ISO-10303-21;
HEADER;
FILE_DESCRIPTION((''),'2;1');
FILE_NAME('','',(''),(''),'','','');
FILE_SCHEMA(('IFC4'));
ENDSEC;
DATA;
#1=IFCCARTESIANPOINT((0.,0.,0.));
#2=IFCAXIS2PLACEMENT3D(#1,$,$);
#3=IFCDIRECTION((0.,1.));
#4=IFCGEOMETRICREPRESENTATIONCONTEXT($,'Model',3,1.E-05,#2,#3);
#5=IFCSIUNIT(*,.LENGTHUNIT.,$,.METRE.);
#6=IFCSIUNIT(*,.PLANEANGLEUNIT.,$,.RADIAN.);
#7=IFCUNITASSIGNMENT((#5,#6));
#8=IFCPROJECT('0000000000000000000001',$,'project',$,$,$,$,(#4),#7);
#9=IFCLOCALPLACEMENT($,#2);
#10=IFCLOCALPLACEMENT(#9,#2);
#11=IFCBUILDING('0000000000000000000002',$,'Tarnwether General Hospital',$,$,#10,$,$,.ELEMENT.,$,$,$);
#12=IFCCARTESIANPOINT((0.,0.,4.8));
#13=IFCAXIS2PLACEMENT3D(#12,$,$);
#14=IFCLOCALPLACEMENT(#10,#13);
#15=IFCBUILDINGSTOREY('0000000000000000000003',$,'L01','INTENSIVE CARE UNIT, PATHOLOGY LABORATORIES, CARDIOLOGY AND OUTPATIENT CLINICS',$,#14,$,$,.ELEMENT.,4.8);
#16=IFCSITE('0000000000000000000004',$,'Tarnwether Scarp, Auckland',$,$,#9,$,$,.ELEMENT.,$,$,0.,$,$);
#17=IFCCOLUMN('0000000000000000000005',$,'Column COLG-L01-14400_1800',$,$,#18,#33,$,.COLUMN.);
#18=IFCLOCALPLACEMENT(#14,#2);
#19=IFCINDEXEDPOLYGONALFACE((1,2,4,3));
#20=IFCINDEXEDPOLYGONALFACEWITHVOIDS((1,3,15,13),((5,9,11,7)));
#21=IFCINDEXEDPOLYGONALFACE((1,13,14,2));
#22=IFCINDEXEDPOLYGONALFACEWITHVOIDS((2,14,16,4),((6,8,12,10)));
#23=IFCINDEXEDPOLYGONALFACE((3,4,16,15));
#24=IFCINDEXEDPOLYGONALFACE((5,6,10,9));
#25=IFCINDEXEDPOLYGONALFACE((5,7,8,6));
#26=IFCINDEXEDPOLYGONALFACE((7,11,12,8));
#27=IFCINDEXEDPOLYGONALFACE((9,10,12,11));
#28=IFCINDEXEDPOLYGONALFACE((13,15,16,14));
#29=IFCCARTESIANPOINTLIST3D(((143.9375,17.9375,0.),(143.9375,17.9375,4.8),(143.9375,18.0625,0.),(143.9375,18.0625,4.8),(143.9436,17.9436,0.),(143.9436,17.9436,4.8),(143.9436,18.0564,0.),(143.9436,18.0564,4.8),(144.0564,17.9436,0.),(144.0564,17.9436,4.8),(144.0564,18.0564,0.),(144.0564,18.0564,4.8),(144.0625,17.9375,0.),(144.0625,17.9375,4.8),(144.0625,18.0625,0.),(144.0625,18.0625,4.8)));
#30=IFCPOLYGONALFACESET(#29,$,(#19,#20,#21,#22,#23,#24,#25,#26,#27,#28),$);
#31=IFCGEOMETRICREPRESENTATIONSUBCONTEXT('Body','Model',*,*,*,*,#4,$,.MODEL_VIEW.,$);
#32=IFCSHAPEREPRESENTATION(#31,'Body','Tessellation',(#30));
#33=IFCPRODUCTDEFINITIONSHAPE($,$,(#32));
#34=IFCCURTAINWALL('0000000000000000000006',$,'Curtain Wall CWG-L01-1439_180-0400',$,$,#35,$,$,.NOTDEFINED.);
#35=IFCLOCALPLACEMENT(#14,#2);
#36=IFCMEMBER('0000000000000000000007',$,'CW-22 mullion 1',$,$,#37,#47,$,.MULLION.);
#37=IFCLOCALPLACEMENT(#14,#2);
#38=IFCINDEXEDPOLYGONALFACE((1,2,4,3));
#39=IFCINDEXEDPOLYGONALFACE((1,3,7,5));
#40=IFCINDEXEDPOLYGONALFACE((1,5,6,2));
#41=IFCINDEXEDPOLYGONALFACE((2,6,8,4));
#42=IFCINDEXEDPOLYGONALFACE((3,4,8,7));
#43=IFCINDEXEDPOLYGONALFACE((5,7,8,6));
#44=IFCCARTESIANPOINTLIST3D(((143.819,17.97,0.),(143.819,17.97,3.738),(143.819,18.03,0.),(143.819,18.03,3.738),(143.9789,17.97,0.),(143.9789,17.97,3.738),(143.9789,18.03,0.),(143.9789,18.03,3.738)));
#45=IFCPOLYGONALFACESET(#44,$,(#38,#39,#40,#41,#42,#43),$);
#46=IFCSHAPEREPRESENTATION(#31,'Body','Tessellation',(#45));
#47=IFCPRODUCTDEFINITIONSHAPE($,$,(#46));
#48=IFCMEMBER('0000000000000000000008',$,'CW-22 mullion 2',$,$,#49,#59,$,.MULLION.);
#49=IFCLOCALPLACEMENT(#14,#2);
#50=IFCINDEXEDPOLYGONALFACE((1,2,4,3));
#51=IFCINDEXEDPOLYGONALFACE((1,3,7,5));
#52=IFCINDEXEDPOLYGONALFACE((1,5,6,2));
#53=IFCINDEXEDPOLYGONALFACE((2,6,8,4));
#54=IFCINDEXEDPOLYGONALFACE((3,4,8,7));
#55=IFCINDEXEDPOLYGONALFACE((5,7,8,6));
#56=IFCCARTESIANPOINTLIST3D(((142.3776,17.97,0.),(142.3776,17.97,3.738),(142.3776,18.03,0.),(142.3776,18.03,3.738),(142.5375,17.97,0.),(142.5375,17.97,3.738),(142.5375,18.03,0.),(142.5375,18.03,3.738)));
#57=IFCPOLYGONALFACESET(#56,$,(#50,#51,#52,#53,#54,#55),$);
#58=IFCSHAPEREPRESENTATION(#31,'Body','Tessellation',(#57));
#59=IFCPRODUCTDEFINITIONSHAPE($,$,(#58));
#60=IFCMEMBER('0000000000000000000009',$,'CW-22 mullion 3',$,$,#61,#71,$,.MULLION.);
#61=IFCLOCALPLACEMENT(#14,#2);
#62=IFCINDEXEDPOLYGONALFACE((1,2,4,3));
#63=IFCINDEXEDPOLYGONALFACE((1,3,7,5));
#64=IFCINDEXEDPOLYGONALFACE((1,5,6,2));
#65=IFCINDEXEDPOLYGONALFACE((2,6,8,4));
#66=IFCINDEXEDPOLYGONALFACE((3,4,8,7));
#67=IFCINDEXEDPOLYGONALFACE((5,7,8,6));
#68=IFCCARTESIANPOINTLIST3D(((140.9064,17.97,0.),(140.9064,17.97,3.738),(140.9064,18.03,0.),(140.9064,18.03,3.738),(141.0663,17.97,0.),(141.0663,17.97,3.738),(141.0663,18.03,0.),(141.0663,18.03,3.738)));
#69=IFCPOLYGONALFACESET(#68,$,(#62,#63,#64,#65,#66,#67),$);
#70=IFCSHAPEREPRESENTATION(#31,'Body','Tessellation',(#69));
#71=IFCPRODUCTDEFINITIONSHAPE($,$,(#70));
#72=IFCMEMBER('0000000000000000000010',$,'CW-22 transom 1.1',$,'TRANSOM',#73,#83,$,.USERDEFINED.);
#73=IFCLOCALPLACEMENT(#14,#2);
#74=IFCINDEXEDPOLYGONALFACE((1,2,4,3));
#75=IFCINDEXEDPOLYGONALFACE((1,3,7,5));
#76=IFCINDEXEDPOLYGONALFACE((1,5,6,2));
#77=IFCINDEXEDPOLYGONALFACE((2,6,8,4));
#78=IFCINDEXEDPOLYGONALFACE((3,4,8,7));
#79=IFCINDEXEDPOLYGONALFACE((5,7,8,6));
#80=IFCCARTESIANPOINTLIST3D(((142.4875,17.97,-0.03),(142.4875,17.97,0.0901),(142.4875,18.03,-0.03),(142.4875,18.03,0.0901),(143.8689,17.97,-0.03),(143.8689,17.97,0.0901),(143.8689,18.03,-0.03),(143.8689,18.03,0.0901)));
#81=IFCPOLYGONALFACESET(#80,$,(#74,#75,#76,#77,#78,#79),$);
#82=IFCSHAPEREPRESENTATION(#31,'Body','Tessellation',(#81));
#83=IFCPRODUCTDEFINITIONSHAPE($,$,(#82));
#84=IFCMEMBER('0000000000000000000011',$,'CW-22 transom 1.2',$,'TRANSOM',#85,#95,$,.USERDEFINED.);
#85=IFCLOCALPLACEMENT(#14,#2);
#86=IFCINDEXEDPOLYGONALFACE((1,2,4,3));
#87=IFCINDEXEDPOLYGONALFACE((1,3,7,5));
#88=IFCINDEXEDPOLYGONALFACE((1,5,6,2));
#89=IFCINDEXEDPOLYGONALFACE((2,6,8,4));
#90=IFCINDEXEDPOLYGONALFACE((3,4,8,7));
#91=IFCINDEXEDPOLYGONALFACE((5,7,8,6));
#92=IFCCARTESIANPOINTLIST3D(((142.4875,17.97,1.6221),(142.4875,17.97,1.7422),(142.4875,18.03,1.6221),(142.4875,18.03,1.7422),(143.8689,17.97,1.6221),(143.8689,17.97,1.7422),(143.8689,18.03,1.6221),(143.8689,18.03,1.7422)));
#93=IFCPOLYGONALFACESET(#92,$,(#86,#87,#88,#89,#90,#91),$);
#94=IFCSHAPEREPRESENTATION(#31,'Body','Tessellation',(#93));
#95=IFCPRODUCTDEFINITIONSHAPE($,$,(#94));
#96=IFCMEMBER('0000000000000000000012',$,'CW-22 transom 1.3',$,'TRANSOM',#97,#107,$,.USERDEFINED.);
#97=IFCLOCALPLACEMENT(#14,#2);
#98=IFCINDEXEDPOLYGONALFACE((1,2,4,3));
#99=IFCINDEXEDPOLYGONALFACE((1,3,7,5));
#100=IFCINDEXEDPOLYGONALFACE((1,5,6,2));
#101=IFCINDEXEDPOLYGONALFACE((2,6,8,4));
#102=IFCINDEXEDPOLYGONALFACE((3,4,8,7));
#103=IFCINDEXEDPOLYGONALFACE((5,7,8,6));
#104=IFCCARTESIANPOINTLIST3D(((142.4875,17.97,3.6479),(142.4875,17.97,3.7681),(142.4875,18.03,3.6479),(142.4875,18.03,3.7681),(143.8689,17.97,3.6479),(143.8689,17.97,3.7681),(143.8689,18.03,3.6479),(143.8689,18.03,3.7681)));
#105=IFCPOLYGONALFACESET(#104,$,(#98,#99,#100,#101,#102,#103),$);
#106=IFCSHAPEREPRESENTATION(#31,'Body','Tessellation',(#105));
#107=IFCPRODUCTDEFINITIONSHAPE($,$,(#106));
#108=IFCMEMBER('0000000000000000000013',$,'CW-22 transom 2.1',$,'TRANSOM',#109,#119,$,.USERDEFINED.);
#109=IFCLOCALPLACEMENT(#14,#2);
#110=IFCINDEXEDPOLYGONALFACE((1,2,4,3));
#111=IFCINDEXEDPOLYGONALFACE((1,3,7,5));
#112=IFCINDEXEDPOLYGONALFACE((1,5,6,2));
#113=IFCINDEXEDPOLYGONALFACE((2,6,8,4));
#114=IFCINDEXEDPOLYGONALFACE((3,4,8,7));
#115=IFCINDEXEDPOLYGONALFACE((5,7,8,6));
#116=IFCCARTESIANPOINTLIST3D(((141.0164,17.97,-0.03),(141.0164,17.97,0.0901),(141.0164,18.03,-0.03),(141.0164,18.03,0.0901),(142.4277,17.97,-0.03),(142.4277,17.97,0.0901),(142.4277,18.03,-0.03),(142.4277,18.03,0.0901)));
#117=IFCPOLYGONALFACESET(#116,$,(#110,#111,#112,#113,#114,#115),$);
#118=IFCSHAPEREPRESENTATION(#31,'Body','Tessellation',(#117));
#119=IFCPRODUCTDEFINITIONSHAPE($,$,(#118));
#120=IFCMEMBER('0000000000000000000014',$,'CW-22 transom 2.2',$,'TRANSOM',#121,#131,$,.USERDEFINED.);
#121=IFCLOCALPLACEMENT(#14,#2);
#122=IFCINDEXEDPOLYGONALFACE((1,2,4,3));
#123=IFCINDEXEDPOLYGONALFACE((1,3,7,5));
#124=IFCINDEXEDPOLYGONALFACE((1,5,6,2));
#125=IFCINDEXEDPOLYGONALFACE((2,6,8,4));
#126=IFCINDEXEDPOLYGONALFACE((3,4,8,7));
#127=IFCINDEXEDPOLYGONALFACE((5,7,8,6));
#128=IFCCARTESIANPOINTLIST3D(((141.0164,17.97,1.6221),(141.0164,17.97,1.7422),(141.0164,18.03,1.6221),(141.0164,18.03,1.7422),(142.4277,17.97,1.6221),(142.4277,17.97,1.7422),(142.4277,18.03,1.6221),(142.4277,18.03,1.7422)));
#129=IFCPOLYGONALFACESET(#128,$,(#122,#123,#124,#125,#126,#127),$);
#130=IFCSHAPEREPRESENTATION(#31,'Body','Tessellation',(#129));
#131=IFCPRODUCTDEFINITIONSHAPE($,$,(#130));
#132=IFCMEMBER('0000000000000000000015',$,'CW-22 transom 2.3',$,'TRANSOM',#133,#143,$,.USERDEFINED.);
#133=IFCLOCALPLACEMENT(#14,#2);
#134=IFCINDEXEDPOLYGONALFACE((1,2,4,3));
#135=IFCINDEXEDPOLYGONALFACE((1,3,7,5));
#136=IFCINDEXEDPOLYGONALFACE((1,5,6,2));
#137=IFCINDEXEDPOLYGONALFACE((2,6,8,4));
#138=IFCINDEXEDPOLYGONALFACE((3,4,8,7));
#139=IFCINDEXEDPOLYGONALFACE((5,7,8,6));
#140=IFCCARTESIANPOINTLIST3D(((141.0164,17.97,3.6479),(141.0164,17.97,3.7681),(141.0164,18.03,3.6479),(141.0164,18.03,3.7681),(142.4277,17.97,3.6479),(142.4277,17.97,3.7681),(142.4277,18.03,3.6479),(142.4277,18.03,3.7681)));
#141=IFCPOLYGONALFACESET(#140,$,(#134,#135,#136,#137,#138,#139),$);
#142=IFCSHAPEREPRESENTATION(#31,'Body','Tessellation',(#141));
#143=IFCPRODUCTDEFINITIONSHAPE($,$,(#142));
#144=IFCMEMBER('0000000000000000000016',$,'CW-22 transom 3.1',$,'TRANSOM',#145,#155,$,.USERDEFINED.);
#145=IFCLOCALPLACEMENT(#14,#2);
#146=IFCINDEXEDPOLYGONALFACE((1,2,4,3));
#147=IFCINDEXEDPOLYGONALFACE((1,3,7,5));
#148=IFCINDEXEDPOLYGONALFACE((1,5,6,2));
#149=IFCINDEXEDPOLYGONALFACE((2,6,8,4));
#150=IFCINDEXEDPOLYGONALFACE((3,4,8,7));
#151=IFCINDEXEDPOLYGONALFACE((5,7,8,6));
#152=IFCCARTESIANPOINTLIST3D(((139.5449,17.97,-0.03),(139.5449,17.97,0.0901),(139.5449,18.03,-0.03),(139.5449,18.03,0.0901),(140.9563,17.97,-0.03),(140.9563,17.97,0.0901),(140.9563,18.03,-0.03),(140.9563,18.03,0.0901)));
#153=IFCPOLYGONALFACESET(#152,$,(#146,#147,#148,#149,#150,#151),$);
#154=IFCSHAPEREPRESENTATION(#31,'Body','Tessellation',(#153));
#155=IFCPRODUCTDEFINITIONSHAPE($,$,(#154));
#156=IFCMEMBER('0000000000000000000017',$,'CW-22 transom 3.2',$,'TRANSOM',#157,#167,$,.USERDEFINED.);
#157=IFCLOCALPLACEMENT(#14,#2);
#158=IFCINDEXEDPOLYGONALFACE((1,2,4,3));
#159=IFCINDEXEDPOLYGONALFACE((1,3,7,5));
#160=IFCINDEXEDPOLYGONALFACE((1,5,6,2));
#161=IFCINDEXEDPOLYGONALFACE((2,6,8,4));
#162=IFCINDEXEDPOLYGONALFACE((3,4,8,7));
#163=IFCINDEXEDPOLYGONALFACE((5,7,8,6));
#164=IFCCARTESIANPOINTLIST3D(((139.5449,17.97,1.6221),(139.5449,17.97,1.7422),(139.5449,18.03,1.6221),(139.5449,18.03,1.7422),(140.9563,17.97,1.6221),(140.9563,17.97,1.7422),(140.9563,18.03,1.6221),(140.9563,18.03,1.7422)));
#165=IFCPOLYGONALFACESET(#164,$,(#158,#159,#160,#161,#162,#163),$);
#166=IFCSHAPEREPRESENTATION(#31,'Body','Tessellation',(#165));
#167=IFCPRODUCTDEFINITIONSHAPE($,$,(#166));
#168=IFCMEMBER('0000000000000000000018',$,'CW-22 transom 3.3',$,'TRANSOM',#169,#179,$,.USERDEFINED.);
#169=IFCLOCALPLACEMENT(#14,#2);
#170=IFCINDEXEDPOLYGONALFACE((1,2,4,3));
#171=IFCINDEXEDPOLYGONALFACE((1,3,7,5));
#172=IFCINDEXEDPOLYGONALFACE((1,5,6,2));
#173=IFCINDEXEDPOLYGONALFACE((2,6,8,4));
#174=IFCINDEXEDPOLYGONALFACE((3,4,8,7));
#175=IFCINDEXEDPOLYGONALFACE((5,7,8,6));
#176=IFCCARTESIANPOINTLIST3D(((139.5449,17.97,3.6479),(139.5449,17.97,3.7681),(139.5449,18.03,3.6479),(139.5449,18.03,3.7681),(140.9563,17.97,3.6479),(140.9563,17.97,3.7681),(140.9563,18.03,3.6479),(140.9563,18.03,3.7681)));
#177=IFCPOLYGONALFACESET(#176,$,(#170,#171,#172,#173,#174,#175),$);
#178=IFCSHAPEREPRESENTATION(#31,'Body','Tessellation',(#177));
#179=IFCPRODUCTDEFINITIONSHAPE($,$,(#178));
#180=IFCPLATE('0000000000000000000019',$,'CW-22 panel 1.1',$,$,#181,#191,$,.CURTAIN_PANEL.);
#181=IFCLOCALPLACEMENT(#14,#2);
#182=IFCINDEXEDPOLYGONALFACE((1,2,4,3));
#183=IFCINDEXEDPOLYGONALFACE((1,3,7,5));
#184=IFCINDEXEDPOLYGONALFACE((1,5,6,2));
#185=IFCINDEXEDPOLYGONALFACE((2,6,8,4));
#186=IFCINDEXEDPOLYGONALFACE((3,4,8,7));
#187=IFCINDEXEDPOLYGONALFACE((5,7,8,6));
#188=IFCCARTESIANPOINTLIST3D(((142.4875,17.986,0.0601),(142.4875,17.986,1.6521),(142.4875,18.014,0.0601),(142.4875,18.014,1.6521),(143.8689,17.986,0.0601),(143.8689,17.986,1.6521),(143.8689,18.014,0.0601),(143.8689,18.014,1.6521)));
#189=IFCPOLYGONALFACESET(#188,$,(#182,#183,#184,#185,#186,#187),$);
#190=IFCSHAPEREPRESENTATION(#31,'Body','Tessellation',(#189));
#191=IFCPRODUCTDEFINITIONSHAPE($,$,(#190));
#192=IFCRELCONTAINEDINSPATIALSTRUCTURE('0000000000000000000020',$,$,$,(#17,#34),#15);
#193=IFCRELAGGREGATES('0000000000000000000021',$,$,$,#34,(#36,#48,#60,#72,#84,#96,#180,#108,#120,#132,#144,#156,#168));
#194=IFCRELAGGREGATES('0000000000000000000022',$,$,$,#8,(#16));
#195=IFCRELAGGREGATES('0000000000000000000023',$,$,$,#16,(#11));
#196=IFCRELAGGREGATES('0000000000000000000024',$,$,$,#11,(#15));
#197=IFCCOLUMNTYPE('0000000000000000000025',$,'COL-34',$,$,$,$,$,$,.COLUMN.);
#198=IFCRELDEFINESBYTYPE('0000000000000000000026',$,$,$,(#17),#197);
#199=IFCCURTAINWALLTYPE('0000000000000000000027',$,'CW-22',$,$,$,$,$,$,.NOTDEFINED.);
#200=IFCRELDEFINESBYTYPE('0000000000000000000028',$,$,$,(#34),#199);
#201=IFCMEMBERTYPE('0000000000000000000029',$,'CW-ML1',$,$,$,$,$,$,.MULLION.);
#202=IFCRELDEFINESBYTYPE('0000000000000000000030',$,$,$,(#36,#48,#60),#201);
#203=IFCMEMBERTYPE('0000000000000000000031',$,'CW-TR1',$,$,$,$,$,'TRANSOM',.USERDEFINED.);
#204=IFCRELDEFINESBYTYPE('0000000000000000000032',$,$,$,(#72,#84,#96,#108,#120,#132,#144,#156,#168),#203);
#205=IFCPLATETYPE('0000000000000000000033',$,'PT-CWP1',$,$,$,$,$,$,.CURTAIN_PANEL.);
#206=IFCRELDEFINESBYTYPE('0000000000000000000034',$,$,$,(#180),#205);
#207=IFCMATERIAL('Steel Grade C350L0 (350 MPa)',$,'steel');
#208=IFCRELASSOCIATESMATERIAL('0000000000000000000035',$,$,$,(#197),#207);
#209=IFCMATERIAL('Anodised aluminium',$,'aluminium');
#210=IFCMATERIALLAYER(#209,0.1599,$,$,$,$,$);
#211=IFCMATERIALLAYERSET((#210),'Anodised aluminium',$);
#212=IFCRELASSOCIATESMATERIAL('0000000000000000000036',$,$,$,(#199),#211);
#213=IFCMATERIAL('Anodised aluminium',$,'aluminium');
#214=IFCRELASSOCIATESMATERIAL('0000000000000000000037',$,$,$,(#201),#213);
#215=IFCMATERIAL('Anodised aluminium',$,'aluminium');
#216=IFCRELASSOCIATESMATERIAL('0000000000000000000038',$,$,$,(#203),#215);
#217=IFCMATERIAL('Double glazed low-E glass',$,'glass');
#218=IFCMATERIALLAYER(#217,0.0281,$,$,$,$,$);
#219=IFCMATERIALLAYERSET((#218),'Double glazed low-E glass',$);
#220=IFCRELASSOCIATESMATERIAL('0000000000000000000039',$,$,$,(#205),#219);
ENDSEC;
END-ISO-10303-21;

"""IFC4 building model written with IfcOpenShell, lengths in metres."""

from ifc_helpers import new_model, si_unit, direction, frame, origin, origin_2d, place, context, subcontext, project, spatial, rectangle, hollow_rectangle, extrude, material, layer, layer_set, material_profile, profile_set, type_object, element, aggregate, save


model = new_model("IFC4")

# Units and contexts
model_context = context("Model", 3, precision=1e-05, world=origin(), true_north=direction((0.0, 1.0)))
body_context = subcontext(model_context, "Body", "Model", "MODEL_VIEW")
ifc_project = project(units=[si_unit("LENGTHUNIT", "METRE"), si_unit("PLANEANGLEUNIT", "RADIAN")], contexts=[model_context])

# Site, building, storey
site_placement = place(None, origin())
site = spatial("IfcSite", under=ifc_project, at=site_placement, Name="Tarnwether Scarp, Auckland", CompositionType="ELEMENT", RefElevation=0.0)
building_placement = place(site_placement, origin())
building = spatial("IfcBuilding", under=site, at=building_placement, Name="Tarnwether General Hospital", CompositionType="ELEMENT")
storey_placement = place(building_placement, frame((0.0, 0.0, 4.8)))
storey = spatial("IfcBuildingStorey", under=building, at=storey_placement, Name="L01", Description="INTENSIVE CARE UNIT, PATHOLOGY LABORATORIES, CARDIOLOGY AND OUTPATIENT CLINICS", CompositionType="ELEMENT", Elevation=4.8)

# Column
ifc_material_1 = material(Name="Steel Grade C350L0 (350 MPa)", Category="steel")
ifc_material_profile_1 = material_profile(ifc_material_1, hollow_rectangle(XDim=0.125, YDim=0.125, WallThickness=0.0061, at=origin_2d()), Name="SHS125x125x6")
ifc_profile_set_1 = profile_set([ifc_material_profile_1], Name="Steel Grade C350L0 (350 MPa)")
column_type = type_object("IfcColumnType", Name="COL-34", PredefinedType="COLUMN", material=ifc_profile_set_1)
column_placement = place(storey_placement, frame((144.0, 18.0, 0.0), z_axis=(0.0, 0.0, 1.0), x_axis=(1.0, 0.0, 0.0)))
element("IfcColumn", 1, at=column_placement, inside=storey, type_object=column_type, Name="Column COLG-L01-14400_1800", PredefinedType="COLUMN", context=body_context, shape_type="SweptSolid", body=[
    extrude(hollow_rectangle(XDim=0.125, YDim=0.125, WallThickness=0.0061, at=origin_2d()), origin(), (0.0, 0.0, 1.0), 4.8),
])

# Curtain wall, members, plate
ifc_material_2 = material(Name="Anodised aluminium", Category="aluminium")
ifc_layer_1 = layer(ifc_material_2, 0.1599)
ifc_layer_set_1 = layer_set([ifc_layer_1], Name="Anodised aluminium")
curtain_wall_type = type_object("IfcCurtainWallType", Name="CW-22", PredefinedType="NOTDEFINED", material=ifc_layer_set_1)
curtain_wall_placement = place(storey_placement, origin())
curtain_wall = element("IfcCurtainWall", 2, at=curtain_wall_placement, inside=storey, type_object=curtain_wall_type, Name="Curtain Wall CWG-L01-1439_180-0400", PredefinedType="NOTDEFINED")
ifc_material_3 = material(Name="Anodised aluminium", Category="aluminium")
ifc_material_profile_2 = material_profile(ifc_material_3, rectangle(XDim=0.0601, YDim=0.1599, at=origin_2d()), Name="ALU-MUL-60x160")
ifc_profile_set_2 = profile_set([ifc_material_profile_2], Name="Anodised aluminium")
member_type_1 = type_object("IfcMemberType", Name="CW-ML1", PredefinedType="MULLION", material=ifc_profile_set_2)
member_1_placement = place(storey_placement, frame((143.8989, 18.0, 0.0), z_axis=(0.0, 0.0, 1.0), x_axis=(0.0, -1.0, 0.0)))
member_1 = element("IfcMember", 3, at=member_1_placement, type_object=member_type_1, Name="CW-22 mullion 1", PredefinedType="MULLION", context=body_context, shape_type="SweptSolid", body=[
    extrude(rectangle(XDim=0.0601, YDim=0.1599, at=origin_2d()), origin(), (0.0, 0.0, 1.0), 3.738),
])
member_2_placement = place(storey_placement, frame((142.4575, 18.0, 0.0), z_axis=(0.0, 0.0, 1.0), x_axis=(0.0, -1.0, 0.0)))
member_2 = element("IfcMember", 4, at=member_2_placement, type_object=member_type_1, Name="CW-22 mullion 2", PredefinedType="MULLION", context=body_context, shape_type="SweptSolid", body=[
    extrude(rectangle(XDim=0.0601, YDim=0.1599, at=origin_2d()), origin(), (0.0, 0.0, 1.0), 3.738),
])
member_3_placement = place(storey_placement, frame((140.9863, 18.0, 0.0), z_axis=(0.0, 0.0, 1.0), x_axis=(0.0, -1.0, 0.0)))
member_3 = element("IfcMember", 5, at=member_3_placement, type_object=member_type_1, Name="CW-22 mullion 3", PredefinedType="MULLION", context=body_context, shape_type="SweptSolid", body=[
    extrude(rectangle(XDim=0.0601, YDim=0.1599, at=origin_2d()), origin(), (0.0, 0.0, 1.0), 3.738),
])
ifc_material_4 = material(Name="Anodised aluminium", Category="aluminium")
ifc_material_profile_3 = material_profile(ifc_material_4, rectangle(XDim=0.0601, YDim=0.1201, at=origin_2d()), Name="ALU-TRN-60x120")
ifc_profile_set_3 = profile_set([ifc_material_profile_3], Name="Anodised aluminium")
member_type_2 = type_object("IfcMemberType", Name="CW-TR1", ElementType="TRANSOM", PredefinedType="USERDEFINED", material=ifc_profile_set_3)
member_4_placement = place(storey_placement, frame((143.8689, 18.0, 0.03), z_axis=(-1.0, 0.0, 0.0), x_axis=(0.0, -1.0, 0.0)))
member_4 = element("IfcMember", 6, at=member_4_placement, type_object=member_type_2, Name="CW-22 transom 1.1", ObjectType="TRANSOM", PredefinedType="USERDEFINED", context=body_context, shape_type="SweptSolid", body=[
    extrude(rectangle(XDim=0.0601, YDim=0.1201, at=origin_2d()), origin(), (0.0, 0.0, 1.0), 1.3813),
])
member_5_placement = place(storey_placement, frame((143.8689, 18.0, 1.6821), z_axis=(-1.0, 0.0, 0.0), x_axis=(0.0, -1.0, 0.0)))
member_5 = element("IfcMember", 7, at=member_5_placement, type_object=member_type_2, Name="CW-22 transom 1.2", ObjectType="TRANSOM", PredefinedType="USERDEFINED", context=body_context, shape_type="SweptSolid", body=[
    extrude(rectangle(XDim=0.0601, YDim=0.1201, at=origin_2d()), origin(), (0.0, 0.0, 1.0), 1.3813),
])
member_6_placement = place(storey_placement, frame((143.8689, 18.0, 3.708), z_axis=(-1.0, 0.0, 0.0), x_axis=(0.0, -1.0, 0.0)))
member_6 = element("IfcMember", 8, at=member_6_placement, type_object=member_type_2, Name="CW-22 transom 1.3", ObjectType="TRANSOM", PredefinedType="USERDEFINED", context=body_context, shape_type="SweptSolid", body=[
    extrude(rectangle(XDim=0.0601, YDim=0.1201, at=origin_2d()), origin(), (0.0, 0.0, 1.0), 1.3813),
])
member_7_placement = place(storey_placement, frame((142.4277, 18.0, 0.03), z_axis=(-1.0, 0.0, 0.0), x_axis=(0.0, -1.0, 0.0)))
member_7 = element("IfcMember", 9, at=member_7_placement, type_object=member_type_2, Name="CW-22 transom 2.1", ObjectType="TRANSOM", PredefinedType="USERDEFINED", context=body_context, shape_type="SweptSolid", body=[
    extrude(rectangle(XDim=0.0601, YDim=0.1201, at=origin_2d()), origin(), (0.0, 0.0, 1.0), 1.4114),
])
member_8_placement = place(storey_placement, frame((142.4277, 18.0, 1.6821), z_axis=(-1.0, 0.0, 0.0), x_axis=(0.0, -1.0, 0.0)))
member_8 = element("IfcMember", 10, at=member_8_placement, type_object=member_type_2, Name="CW-22 transom 2.2", ObjectType="TRANSOM", PredefinedType="USERDEFINED", context=body_context, shape_type="SweptSolid", body=[
    extrude(rectangle(XDim=0.0601, YDim=0.1201, at=origin_2d()), origin(), (0.0, 0.0, 1.0), 1.4114),
])
member_9_placement = place(storey_placement, frame((142.4277, 18.0, 3.708), z_axis=(-1.0, 0.0, 0.0), x_axis=(0.0, -1.0, 0.0)))
member_9 = element("IfcMember", 11, at=member_9_placement, type_object=member_type_2, Name="CW-22 transom 2.3", ObjectType="TRANSOM", PredefinedType="USERDEFINED", context=body_context, shape_type="SweptSolid", body=[
    extrude(rectangle(XDim=0.0601, YDim=0.1201, at=origin_2d()), origin(), (0.0, 0.0, 1.0), 1.4114),
])
member_10_placement = place(storey_placement, frame((140.9563, 18.0, 0.03), z_axis=(-1.0, 0.0, 0.0), x_axis=(0.0, -1.0, 0.0)))
member_10 = element("IfcMember", 12, at=member_10_placement, type_object=member_type_2, Name="CW-22 transom 3.1", ObjectType="TRANSOM", PredefinedType="USERDEFINED", context=body_context, shape_type="SweptSolid", body=[
    extrude(rectangle(XDim=0.0601, YDim=0.1201, at=origin_2d()), origin(), (0.0, 0.0, 1.0), 1.4114),
])
member_11_placement = place(storey_placement, frame((140.9563, 18.0, 1.6821), z_axis=(-1.0, 0.0, 0.0), x_axis=(0.0, -1.0, 0.0)))
member_11 = element("IfcMember", 13, at=member_11_placement, type_object=member_type_2, Name="CW-22 transom 3.2", ObjectType="TRANSOM", PredefinedType="USERDEFINED", context=body_context, shape_type="SweptSolid", body=[
    extrude(rectangle(XDim=0.0601, YDim=0.1201, at=origin_2d()), origin(), (0.0, 0.0, 1.0), 1.4114),
])
member_12_placement = place(storey_placement, frame((140.9563, 18.0, 3.708), z_axis=(-1.0, 0.0, 0.0), x_axis=(0.0, -1.0, 0.0)))
member_12 = element("IfcMember", 14, at=member_12_placement, type_object=member_type_2, Name="CW-22 transom 3.3", ObjectType="TRANSOM", PredefinedType="USERDEFINED", context=body_context, shape_type="SweptSolid", body=[
    extrude(rectangle(XDim=0.0601, YDim=0.1201, at=origin_2d()), origin(), (0.0, 0.0, 1.0), 1.4114),
])
ifc_material_5 = material(Name="Double glazed low-E glass", Category="glass")
ifc_layer_2 = layer(ifc_material_5, 0.0281)
ifc_layer_set_2 = layer_set([ifc_layer_2], Name="Double glazed low-E glass")
plate_type_1 = type_object("IfcPlateType", Name="PT-CWP1", PredefinedType="CURTAIN_PANEL", material=ifc_layer_set_2)
plate_1_placement = place(storey_placement, frame((143.1782, 18.0, 0.0601), z_axis=(0.0, 0.0, 1.0), x_axis=(-1.0, 0.0, 0.0)))
plate_1 = element("IfcPlate", 15, at=plate_1_placement, type_object=plate_type_1, Name="CW-22 panel 1.1", PredefinedType="CURTAIN_PANEL", context=body_context, shape_type="SweptSolid", body=[
    extrude(rectangle(XDim=1.3813, YDim=0.0281, at=origin_2d()), origin(), (0.0, 0.0, 1.0), 1.592),
])
aggregate(curtain_wall, [member_1, member_2, member_3, member_4, member_5, member_6, plate_1, member_7, member_8, member_9, member_10, member_11, member_12])

save(model, "model.ifc")
